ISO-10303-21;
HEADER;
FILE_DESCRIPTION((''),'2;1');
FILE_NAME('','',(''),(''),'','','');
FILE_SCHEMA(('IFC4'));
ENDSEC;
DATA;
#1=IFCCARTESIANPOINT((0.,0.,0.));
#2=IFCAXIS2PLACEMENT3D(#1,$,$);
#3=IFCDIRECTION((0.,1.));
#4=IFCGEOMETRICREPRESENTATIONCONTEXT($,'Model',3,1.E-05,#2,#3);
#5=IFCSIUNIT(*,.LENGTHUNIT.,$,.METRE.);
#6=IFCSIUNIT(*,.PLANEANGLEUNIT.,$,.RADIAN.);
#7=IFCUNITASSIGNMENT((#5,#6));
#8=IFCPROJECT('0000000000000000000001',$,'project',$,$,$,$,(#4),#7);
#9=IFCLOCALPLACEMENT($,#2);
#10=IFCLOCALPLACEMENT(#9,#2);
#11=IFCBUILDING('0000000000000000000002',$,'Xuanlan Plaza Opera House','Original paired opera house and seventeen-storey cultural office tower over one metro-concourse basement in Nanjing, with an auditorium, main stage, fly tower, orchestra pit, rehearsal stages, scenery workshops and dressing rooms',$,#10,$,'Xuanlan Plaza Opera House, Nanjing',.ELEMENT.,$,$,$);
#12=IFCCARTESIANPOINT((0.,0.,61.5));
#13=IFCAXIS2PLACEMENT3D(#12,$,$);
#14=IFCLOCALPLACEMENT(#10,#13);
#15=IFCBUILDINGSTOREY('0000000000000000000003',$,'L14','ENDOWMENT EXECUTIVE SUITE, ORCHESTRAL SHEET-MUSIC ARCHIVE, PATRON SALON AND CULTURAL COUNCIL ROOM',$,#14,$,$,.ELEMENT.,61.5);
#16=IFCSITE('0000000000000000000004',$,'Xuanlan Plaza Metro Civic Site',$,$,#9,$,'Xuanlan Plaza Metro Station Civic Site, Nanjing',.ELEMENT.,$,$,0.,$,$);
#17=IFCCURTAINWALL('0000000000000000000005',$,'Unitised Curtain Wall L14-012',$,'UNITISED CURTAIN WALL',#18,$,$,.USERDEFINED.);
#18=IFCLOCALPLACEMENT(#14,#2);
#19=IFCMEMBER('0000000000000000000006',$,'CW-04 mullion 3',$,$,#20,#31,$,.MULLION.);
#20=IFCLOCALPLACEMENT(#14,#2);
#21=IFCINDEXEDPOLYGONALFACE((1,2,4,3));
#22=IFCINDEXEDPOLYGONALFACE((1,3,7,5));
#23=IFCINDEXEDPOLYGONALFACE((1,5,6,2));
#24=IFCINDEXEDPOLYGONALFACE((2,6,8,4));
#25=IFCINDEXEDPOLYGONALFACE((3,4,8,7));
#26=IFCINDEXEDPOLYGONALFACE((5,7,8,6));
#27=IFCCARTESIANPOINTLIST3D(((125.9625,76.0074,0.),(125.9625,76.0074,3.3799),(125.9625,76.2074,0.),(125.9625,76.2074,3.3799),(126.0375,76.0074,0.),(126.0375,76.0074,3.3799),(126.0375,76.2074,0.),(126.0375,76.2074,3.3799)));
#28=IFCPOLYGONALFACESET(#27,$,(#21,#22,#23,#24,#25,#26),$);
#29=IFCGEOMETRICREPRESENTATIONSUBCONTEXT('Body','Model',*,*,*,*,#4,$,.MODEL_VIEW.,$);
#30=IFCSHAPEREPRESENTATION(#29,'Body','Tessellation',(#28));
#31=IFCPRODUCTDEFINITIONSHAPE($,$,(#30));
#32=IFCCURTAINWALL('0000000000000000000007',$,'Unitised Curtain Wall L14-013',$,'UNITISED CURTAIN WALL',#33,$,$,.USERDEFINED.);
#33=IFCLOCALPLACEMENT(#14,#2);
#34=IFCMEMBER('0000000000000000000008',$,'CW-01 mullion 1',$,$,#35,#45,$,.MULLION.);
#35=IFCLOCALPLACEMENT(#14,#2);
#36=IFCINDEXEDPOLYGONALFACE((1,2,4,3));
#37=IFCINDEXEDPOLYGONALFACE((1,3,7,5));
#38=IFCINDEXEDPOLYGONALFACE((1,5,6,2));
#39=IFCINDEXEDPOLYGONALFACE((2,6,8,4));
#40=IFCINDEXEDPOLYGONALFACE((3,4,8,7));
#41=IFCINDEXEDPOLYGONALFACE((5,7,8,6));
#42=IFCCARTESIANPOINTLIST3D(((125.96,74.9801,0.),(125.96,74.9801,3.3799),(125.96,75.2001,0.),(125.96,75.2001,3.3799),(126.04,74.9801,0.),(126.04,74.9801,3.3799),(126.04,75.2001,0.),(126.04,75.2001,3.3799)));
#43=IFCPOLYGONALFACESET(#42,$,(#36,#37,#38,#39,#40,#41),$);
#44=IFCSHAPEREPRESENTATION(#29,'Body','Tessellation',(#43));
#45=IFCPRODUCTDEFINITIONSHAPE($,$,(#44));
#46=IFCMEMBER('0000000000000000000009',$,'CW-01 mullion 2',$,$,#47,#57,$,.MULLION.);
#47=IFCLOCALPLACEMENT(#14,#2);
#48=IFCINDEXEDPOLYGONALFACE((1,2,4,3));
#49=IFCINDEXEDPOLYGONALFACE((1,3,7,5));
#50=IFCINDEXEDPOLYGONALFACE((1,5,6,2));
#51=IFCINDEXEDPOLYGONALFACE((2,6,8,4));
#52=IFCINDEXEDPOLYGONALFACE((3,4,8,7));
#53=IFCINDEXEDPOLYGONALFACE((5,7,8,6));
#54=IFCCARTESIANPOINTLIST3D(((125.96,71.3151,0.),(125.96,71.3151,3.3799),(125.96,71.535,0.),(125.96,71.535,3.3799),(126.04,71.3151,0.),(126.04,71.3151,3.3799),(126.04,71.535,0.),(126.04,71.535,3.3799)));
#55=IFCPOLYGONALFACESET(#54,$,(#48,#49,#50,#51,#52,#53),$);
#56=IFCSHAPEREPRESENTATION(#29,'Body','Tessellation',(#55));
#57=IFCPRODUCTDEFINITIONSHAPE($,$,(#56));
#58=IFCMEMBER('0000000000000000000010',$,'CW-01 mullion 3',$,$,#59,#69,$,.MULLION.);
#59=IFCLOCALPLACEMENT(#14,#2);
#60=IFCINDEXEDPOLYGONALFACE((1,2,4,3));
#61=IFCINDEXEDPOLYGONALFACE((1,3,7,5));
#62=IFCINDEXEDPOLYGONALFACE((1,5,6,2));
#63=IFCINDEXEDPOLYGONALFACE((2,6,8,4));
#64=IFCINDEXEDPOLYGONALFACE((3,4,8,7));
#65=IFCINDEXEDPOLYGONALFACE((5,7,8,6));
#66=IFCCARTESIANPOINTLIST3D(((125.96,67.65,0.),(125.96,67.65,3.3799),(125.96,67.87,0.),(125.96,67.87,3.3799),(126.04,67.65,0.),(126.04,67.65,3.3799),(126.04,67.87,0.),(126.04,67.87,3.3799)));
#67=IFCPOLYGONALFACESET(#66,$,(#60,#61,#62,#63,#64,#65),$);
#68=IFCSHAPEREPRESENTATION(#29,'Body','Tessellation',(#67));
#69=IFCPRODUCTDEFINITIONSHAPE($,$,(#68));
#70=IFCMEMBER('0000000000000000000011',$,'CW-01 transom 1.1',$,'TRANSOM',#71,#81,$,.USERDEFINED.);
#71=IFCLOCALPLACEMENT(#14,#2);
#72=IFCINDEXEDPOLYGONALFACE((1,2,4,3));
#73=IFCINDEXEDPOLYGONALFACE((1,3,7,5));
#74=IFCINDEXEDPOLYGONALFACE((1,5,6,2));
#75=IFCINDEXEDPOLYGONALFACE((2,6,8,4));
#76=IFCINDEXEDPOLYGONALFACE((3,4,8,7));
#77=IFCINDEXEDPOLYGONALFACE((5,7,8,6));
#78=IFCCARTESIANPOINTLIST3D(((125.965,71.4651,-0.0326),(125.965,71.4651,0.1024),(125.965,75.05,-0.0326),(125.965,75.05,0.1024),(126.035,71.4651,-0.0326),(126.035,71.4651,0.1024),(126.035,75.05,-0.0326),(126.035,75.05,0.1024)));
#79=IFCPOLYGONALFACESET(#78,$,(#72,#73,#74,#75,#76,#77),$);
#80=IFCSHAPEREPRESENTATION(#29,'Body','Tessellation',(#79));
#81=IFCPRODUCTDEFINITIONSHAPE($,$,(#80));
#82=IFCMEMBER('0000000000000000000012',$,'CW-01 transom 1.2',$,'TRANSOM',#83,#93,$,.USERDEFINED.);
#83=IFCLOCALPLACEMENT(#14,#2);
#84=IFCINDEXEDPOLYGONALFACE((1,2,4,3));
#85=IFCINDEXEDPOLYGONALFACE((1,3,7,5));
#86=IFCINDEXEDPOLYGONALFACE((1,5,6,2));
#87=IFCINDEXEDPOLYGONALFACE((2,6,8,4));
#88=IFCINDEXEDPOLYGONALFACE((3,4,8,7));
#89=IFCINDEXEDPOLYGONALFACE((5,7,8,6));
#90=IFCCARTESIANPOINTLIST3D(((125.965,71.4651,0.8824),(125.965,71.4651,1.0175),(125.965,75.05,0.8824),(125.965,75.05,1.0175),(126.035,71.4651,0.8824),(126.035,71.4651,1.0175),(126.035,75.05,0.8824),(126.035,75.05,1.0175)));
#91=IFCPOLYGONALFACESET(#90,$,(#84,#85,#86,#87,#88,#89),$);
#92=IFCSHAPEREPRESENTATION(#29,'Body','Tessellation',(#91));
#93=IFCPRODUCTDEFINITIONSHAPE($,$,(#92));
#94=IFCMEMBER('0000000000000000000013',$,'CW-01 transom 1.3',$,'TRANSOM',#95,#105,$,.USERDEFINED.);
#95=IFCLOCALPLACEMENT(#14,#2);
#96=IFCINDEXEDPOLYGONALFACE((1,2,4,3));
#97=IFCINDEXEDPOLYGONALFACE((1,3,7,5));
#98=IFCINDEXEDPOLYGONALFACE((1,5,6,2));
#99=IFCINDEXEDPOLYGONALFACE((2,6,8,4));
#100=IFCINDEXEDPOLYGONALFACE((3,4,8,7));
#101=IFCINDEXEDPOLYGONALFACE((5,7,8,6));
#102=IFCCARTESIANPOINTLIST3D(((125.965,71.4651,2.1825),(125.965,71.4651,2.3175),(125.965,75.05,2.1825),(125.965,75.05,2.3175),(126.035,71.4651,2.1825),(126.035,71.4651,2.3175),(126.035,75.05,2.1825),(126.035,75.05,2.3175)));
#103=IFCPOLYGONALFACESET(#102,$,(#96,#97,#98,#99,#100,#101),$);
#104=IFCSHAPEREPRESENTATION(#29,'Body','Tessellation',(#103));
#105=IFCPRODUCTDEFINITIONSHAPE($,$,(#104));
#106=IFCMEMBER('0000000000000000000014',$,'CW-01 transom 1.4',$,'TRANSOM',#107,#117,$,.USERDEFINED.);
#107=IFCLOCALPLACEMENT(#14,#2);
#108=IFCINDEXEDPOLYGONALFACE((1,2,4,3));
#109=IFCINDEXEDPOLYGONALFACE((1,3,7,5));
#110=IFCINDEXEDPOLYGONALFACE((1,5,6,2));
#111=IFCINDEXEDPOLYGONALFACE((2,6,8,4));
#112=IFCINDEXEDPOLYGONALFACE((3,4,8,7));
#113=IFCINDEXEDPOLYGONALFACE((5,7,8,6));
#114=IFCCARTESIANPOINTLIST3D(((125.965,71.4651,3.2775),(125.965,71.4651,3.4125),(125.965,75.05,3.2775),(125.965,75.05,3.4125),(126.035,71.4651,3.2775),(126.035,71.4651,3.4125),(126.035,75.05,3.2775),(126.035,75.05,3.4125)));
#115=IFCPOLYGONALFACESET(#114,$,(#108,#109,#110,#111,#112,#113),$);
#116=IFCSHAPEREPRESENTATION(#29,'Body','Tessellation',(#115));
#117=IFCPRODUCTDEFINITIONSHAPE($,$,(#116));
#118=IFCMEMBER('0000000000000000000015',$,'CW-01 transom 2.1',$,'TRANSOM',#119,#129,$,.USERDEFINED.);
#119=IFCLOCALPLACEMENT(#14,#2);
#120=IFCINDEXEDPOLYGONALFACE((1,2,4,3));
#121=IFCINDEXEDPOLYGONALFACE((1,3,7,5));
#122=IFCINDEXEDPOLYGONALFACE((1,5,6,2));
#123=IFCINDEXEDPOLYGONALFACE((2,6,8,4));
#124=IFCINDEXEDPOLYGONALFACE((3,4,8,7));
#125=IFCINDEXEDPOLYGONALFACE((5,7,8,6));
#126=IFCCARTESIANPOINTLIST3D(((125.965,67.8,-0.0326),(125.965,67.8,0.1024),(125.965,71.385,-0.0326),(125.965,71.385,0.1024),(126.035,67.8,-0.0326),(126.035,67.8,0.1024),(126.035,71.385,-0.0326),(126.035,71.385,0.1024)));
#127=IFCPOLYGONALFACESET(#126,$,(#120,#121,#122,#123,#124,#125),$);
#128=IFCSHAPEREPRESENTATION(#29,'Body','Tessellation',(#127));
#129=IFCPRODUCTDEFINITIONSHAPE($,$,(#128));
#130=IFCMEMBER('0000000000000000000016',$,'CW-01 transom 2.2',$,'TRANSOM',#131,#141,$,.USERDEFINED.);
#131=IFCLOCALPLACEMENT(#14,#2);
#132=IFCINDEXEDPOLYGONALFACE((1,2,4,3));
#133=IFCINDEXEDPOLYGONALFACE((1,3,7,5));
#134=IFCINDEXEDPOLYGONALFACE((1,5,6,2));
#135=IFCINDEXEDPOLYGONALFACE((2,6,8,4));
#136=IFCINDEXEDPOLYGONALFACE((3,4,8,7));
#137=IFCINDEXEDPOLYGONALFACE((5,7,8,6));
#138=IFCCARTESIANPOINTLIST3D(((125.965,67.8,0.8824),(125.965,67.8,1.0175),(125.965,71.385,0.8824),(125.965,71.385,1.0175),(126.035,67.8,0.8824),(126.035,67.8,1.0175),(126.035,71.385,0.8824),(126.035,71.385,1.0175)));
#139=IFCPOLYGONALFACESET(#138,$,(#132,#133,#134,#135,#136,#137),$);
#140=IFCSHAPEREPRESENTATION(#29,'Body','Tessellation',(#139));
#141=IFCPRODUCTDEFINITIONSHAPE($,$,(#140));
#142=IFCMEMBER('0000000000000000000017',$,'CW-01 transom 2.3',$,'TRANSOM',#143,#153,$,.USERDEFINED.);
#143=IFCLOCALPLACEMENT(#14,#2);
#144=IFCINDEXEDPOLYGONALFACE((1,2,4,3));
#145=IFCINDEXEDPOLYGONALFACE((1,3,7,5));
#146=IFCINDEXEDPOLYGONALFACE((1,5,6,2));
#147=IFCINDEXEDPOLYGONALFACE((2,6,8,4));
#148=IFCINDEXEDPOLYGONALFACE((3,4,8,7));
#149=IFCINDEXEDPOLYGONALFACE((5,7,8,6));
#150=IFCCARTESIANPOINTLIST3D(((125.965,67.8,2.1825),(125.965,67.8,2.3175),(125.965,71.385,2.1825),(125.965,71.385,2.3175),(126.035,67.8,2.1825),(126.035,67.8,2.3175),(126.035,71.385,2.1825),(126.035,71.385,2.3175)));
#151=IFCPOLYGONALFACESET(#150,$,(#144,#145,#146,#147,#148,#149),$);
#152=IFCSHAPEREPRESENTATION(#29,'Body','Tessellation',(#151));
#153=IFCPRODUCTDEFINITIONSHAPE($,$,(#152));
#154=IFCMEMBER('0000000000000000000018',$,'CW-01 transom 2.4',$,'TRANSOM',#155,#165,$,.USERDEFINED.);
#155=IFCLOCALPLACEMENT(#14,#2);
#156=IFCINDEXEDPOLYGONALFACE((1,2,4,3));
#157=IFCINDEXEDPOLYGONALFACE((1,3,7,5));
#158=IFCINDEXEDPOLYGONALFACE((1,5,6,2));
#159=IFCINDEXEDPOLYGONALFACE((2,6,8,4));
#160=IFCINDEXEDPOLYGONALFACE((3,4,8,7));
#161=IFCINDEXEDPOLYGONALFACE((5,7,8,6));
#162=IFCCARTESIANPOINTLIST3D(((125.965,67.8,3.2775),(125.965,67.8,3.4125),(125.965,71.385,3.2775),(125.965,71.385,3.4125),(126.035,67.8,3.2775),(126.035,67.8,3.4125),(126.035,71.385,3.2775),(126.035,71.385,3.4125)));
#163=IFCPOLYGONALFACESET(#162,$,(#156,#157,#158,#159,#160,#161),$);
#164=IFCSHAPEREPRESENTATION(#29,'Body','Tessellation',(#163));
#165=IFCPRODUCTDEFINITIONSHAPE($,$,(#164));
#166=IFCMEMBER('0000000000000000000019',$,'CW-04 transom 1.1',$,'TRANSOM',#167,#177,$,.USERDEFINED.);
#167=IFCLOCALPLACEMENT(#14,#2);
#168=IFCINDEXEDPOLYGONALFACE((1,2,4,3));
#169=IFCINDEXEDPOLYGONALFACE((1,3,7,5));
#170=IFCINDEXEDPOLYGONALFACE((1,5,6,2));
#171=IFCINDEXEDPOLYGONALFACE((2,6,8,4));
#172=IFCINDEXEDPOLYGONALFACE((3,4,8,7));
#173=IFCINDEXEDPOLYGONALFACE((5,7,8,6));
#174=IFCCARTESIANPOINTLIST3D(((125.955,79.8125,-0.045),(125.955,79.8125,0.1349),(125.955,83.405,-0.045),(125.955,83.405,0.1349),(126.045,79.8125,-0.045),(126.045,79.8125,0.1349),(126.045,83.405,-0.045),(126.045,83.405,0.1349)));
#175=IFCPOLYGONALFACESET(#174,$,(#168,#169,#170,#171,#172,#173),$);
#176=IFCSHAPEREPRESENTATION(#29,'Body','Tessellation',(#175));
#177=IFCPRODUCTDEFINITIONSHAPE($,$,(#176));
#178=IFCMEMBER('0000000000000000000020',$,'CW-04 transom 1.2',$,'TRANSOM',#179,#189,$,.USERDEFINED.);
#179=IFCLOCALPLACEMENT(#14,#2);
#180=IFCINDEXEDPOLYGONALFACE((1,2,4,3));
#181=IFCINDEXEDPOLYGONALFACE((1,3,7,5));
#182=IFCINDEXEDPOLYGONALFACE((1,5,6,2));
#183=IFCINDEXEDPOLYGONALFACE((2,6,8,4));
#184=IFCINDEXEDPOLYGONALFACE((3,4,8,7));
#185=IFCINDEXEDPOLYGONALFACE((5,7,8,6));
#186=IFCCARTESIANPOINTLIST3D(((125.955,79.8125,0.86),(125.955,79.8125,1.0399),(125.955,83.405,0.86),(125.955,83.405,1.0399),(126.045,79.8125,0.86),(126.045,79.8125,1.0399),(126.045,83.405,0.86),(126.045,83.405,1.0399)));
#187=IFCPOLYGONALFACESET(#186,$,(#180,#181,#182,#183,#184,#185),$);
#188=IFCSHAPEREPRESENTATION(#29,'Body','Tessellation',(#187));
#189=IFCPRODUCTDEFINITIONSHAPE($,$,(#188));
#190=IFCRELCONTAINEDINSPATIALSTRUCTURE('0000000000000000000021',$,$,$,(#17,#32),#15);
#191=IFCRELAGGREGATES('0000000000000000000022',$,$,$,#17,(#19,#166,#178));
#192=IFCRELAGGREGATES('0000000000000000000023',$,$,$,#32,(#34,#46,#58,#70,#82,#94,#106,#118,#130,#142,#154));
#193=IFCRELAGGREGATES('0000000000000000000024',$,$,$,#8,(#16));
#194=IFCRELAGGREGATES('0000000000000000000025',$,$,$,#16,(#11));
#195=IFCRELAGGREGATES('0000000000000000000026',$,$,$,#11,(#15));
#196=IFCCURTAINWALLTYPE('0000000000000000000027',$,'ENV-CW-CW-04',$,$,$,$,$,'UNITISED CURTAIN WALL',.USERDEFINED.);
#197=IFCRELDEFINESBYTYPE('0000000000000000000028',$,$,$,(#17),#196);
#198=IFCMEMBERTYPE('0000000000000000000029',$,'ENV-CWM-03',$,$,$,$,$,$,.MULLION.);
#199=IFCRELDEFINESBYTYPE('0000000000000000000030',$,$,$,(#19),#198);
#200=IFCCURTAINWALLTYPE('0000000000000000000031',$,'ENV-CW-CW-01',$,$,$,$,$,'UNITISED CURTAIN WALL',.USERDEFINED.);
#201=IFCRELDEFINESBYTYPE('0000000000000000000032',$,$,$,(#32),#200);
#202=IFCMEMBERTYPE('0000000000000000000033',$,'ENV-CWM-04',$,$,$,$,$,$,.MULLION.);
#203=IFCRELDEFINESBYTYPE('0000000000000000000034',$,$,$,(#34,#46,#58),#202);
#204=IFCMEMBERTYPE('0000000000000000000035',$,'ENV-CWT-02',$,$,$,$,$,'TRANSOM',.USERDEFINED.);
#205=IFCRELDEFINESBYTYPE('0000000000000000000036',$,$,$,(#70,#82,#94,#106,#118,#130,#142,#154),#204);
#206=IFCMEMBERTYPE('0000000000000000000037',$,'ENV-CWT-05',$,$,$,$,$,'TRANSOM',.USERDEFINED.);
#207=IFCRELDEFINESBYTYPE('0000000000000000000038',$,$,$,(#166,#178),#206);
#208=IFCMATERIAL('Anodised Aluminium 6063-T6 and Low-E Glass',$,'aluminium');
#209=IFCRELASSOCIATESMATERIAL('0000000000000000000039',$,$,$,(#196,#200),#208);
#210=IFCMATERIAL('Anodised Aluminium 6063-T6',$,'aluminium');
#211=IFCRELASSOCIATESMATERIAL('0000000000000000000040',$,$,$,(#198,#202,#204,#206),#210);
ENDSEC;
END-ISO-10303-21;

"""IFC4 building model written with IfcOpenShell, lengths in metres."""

from ifc_helpers import new_model, si_unit, direction, frame, origin, origin_2d, place, context, subcontext, project, spatial, rectangle, extrude, material, material_profile, profile_set, type_object, element, aggregate, save


model = new_model("IFC4")

# Units and contexts
model_context = context("Model", 3, precision=1e-05, world=origin(), true_north=direction((0.0, 1.0)))
body_context = subcontext(model_context, "Body", "Model", "MODEL_VIEW")
ifc_project = project(units=[si_unit("LENGTHUNIT", "METRE"), si_unit("PLANEANGLEUNIT", "RADIAN")], contexts=[model_context])

# Site, building, storey
site_placement = place(None, origin())
site = spatial("IfcSite", under=ifc_project, at=site_placement, Name="Xuanlan Plaza Metro Civic Site", LongName="Xuanlan Plaza Metro Station Civic Site, Nanjing", CompositionType="ELEMENT", RefElevation=0.0)
building_placement = place(site_placement, origin())
building = spatial("IfcBuilding", under=site, at=building_placement, Name="Xuanlan Plaza Opera House", Description="Original paired opera house and seventeen-storey cultural office tower over one metro-concourse basement in Nanjing, with an auditorium, main stage, fly tower, orchestra pit, rehearsal stages, scenery workshops and dressing rooms", LongName="Xuanlan Plaza Opera House, Nanjing", CompositionType="ELEMENT")
storey_placement = place(building_placement, frame((0.0, 0.0, 61.5)))
storey = spatial("IfcBuildingStorey", under=building, at=storey_placement, Name="L14", Description="ENDOWMENT EXECUTIVE SUITE, ORCHESTRAL SHEET-MUSIC ARCHIVE, PATRON SALON AND CULTURAL COUNCIL ROOM", CompositionType="ELEMENT", Elevation=61.5)

# Curtain wall, member
ifc_material_1 = material(Name="Anodised Aluminium 6063-T6 and Low-E Glass", Category="aluminium")
curtain_wall_type_1 = type_object("IfcCurtainWallType", Name="ENV-CW-CW-04", ElementType="UNITISED CURTAIN WALL", PredefinedType="USERDEFINED", material=ifc_material_1)
curtain_wall_1_placement = place(storey_placement, origin())
curtain_wall_1 = element("IfcCurtainWall", 1, at=curtain_wall_1_placement, inside=storey, type_object=curtain_wall_type_1, Name="Unitised Curtain Wall L14-012", ObjectType="UNITISED CURTAIN WALL", PredefinedType="USERDEFINED")
ifc_material_2 = material(Name="Anodised Aluminium 6063-T6", Category="aluminium")
ifc_material_profile_1 = material_profile(ifc_material_2, rectangle(XDim=0.075, YDim=0.2, at=origin_2d()), Name="ALU-M 75x200")
ifc_profile_set_1 = profile_set([ifc_material_profile_1], Name="Anodised Aluminium 6063-T6")
member_type_1 = type_object("IfcMemberType", Name="ENV-CWM-03", PredefinedType="MULLION", material=ifc_profile_set_1)
member_1_placement = place(storey_placement, frame((126.0, 76.1074, 0.0), z_axis=(0.0, 0.0, 1.0), x_axis=(1.0, 0.0, 0.0)))
member_1 = element("IfcMember", 2, at=member_1_placement, type_object=member_type_1, Name="CW-04 mullion 3", PredefinedType="MULLION", context=body_context, shape_type="SweptSolid", body=[
    extrude(rectangle(XDim=0.075, YDim=0.2, at=origin_2d()), origin(), (0.0, 0.0, 1.0), 3.3799),
])

# Curtain wall, members
curtain_wall_type_2 = type_object("IfcCurtainWallType", Name="ENV-CW-CW-01", ElementType="UNITISED CURTAIN WALL", PredefinedType="USERDEFINED", material=ifc_material_1)
curtain_wall_2_placement = place(storey_placement, origin())
curtain_wall_2 = element("IfcCurtainWall", 3, at=curtain_wall_2_placement, inside=storey, type_object=curtain_wall_type_2, Name="Unitised Curtain Wall L14-013", ObjectType="UNITISED CURTAIN WALL", PredefinedType="USERDEFINED")
ifc_material_profile_2 = material_profile(ifc_material_2, rectangle(XDim=0.0801, YDim=0.22, at=origin_2d()), Name="ALU-M 80x220")
ifc_profile_set_2 = profile_set([ifc_material_profile_2], Name="Anodised Aluminium 6063-T6")
member_type_2 = type_object("IfcMemberType", Name="ENV-CWM-04", PredefinedType="MULLION", material=ifc_profile_set_2)
member_2_placement = place(storey_placement, frame((126.0, 75.0901, 0.0), z_axis=(0.0, 0.0, 1.0), x_axis=(1.0, 0.0, 0.0)))
member_2 = element("IfcMember", 4, at=member_2_placement, type_object=member_type_2, Name="CW-01 mullion 1", PredefinedType="MULLION", context=body_context, shape_type="SweptSolid", body=[
    extrude(rectangle(XDim=0.0801, YDim=0.22, at=origin_2d()), origin(), (0.0, 0.0, 1.0), 3.3799),
])
member_3_placement = place(storey_placement, frame((126.0, 71.425, 0.0), z_axis=(0.0, 0.0, 1.0), x_axis=(1.0, 0.0, 0.0)))
member_3 = element("IfcMember", 5, at=member_3_placement, type_object=member_type_2, Name="CW-01 mullion 2", PredefinedType="MULLION", context=body_context, shape_type="SweptSolid", body=[
    extrude(rectangle(XDim=0.0801, YDim=0.22, at=origin_2d()), origin(), (0.0, 0.0, 1.0), 3.3799),
])
member_4_placement = place(storey_placement, frame((126.0, 67.76, 0.0), z_axis=(0.0, 0.0, 1.0), x_axis=(1.0, 0.0, 0.0)))
member_4 = element("IfcMember", 6, at=member_4_placement, type_object=member_type_2, Name="CW-01 mullion 3", PredefinedType="MULLION", context=body_context, shape_type="SweptSolid", body=[
    extrude(rectangle(XDim=0.0801, YDim=0.22, at=origin_2d()), origin(), (0.0, 0.0, 1.0), 3.3799),
])
ifc_material_profile_3 = material_profile(ifc_material_2, rectangle(XDim=0.0701, YDim=0.135, at=origin_2d()), Name="ALU-T 70x135")
ifc_profile_set_3 = profile_set([ifc_material_profile_3], Name="Anodised Aluminium 6063-T6")
member_type_3 = type_object("IfcMemberType", Name="ENV-CWT-02", ElementType="TRANSOM", PredefinedType="USERDEFINED", material=ifc_profile_set_3)
member_5_placement = place(storey_placement, frame((126.0, 75.05, 0.0349), z_axis=(0.0, -1.0, 0.0), x_axis=(1.0, 0.0, 0.0)))
member_5 = element("IfcMember", 7, at=member_5_placement, type_object=member_type_3, Name="CW-01 transom 1.1", ObjectType="TRANSOM", PredefinedType="USERDEFINED", context=body_context, shape_type="SweptSolid", body=[
    extrude(rectangle(XDim=0.0701, YDim=0.135, at=origin_2d()), origin(), (0.0, 0.0, 1.0), 3.585),
])
member_6_placement = place(storey_placement, frame((126.0, 75.05, 0.95), z_axis=(0.0, -1.0, 0.0), x_axis=(1.0, 0.0, 0.0)))
member_6 = element("IfcMember", 8, at=member_6_placement, type_object=member_type_3, Name="CW-01 transom 1.2", ObjectType="TRANSOM", PredefinedType="USERDEFINED", context=body_context, shape_type="SweptSolid", body=[
    extrude(rectangle(XDim=0.0701, YDim=0.135, at=origin_2d()), origin(), (0.0, 0.0, 1.0), 3.585),
])
member_7_placement = place(storey_placement, frame((126.0, 75.05, 2.25), z_axis=(0.0, -1.0, 0.0), x_axis=(1.0, 0.0, 0.0)))
member_7 = element("IfcMember", 9, at=member_7_placement, type_object=member_type_3, Name="CW-01 transom 1.3", ObjectType="TRANSOM", PredefinedType="USERDEFINED", context=body_context, shape_type="SweptSolid", body=[
    extrude(rectangle(XDim=0.0701, YDim=0.135, at=origin_2d()), origin(), (0.0, 0.0, 1.0), 3.585),
])
member_8_placement = place(storey_placement, frame((126.0, 75.05, 3.345), z_axis=(0.0, -1.0, 0.0), x_axis=(1.0, 0.0, 0.0)))
member_8 = element("IfcMember", 10, at=member_8_placement, type_object=member_type_3, Name="CW-01 transom 1.4", ObjectType="TRANSOM", PredefinedType="USERDEFINED", context=body_context, shape_type="SweptSolid", body=[
    extrude(rectangle(XDim=0.0701, YDim=0.135, at=origin_2d()), origin(), (0.0, 0.0, 1.0), 3.585),
])
member_9_placement = place(storey_placement, frame((126.0, 71.385, 0.0349), z_axis=(0.0, -1.0, 0.0), x_axis=(1.0, 0.0, 0.0)))
member_9 = element("IfcMember", 11, at=member_9_placement, type_object=member_type_3, Name="CW-01 transom 2.1", ObjectType="TRANSOM", PredefinedType="USERDEFINED", context=body_context, shape_type="SweptSolid", body=[
    extrude(rectangle(XDim=0.0701, YDim=0.135, at=origin_2d()), origin(), (0.0, 0.0, 1.0), 3.585),
])
member_10_placement = place(storey_placement, frame((126.0, 71.385, 0.95), z_axis=(0.0, -1.0, 0.0), x_axis=(1.0, 0.0, 0.0)))
member_10 = element("IfcMember", 12, at=member_10_placement, type_object=member_type_3, Name="CW-01 transom 2.2", ObjectType="TRANSOM", PredefinedType="USERDEFINED", context=body_context, shape_type="SweptSolid", body=[
    extrude(rectangle(XDim=0.0701, YDim=0.135, at=origin_2d()), origin(), (0.0, 0.0, 1.0), 3.585),
])
member_11_placement = place(storey_placement, frame((126.0, 71.385, 2.25), z_axis=(0.0, -1.0, 0.0), x_axis=(1.0, 0.0, 0.0)))
member_11 = element("IfcMember", 13, at=member_11_placement, type_object=member_type_3, Name="CW-01 transom 2.3", ObjectType="TRANSOM", PredefinedType="USERDEFINED", context=body_context, shape_type="SweptSolid", body=[
    extrude(rectangle(XDim=0.0701, YDim=0.135, at=origin_2d()), origin(), (0.0, 0.0, 1.0), 3.585),
])
member_12_placement = place(storey_placement, frame((126.0, 71.385, 3.345), z_axis=(0.0, -1.0, 0.0), x_axis=(1.0, 0.0, 0.0)))
member_12 = element("IfcMember", 14, at=member_12_placement, type_object=member_type_3, Name="CW-01 transom 2.4", ObjectType="TRANSOM", PredefinedType="USERDEFINED", context=body_context, shape_type="SweptSolid", body=[
    extrude(rectangle(XDim=0.0701, YDim=0.135, at=origin_2d()), origin(), (0.0, 0.0, 1.0), 3.585),
])

# Members
ifc_material_profile_4 = material_profile(ifc_material_2, rectangle(XDim=0.0901, YDim=0.1799, at=origin_2d()), Name="ALU-T 90x180")
ifc_profile_set_4 = profile_set([ifc_material_profile_4], Name="Anodised Aluminium 6063-T6")
member_type_4 = type_object("IfcMemberType", Name="ENV-CWT-05", ElementType="TRANSOM", PredefinedType="USERDEFINED", material=ifc_profile_set_4)
member_13_placement = place(storey_placement, frame((126.0, 83.405, 0.0449), z_axis=(0.0, -1.0, 0.0), x_axis=(1.0, 0.0, 0.0)))
member_13 = element("IfcMember", 15, at=member_13_placement, type_object=member_type_4, Name="CW-04 transom 1.1", ObjectType="TRANSOM", PredefinedType="USERDEFINED", context=body_context, shape_type="SweptSolid", body=[
    extrude(rectangle(XDim=0.0901, YDim=0.1799, at=origin_2d()), origin(), (0.0, 0.0, 1.0), 3.5925),
])
member_14_placement = place(storey_placement, frame((126.0, 83.405, 0.95), z_axis=(0.0, -1.0, 0.0), x_axis=(1.0, 0.0, 0.0)))
member_14 = element("IfcMember", 16, at=member_14_placement, type_object=member_type_4, Name="CW-04 transom 1.2", ObjectType="TRANSOM", PredefinedType="USERDEFINED", context=body_context, shape_type="SweptSolid", body=[
    extrude(rectangle(XDim=0.0901, YDim=0.1799, at=origin_2d()), origin(), (0.0, 0.0, 1.0), 3.5925),
])

aggregate(curtain_wall_1, [member_1, member_13, member_14])
aggregate(curtain_wall_2, [member_2, member_3, member_4, member_5, member_6, member_7, member_8, member_9, member_10, member_11, member_12])

save(model, "model.ifc")
